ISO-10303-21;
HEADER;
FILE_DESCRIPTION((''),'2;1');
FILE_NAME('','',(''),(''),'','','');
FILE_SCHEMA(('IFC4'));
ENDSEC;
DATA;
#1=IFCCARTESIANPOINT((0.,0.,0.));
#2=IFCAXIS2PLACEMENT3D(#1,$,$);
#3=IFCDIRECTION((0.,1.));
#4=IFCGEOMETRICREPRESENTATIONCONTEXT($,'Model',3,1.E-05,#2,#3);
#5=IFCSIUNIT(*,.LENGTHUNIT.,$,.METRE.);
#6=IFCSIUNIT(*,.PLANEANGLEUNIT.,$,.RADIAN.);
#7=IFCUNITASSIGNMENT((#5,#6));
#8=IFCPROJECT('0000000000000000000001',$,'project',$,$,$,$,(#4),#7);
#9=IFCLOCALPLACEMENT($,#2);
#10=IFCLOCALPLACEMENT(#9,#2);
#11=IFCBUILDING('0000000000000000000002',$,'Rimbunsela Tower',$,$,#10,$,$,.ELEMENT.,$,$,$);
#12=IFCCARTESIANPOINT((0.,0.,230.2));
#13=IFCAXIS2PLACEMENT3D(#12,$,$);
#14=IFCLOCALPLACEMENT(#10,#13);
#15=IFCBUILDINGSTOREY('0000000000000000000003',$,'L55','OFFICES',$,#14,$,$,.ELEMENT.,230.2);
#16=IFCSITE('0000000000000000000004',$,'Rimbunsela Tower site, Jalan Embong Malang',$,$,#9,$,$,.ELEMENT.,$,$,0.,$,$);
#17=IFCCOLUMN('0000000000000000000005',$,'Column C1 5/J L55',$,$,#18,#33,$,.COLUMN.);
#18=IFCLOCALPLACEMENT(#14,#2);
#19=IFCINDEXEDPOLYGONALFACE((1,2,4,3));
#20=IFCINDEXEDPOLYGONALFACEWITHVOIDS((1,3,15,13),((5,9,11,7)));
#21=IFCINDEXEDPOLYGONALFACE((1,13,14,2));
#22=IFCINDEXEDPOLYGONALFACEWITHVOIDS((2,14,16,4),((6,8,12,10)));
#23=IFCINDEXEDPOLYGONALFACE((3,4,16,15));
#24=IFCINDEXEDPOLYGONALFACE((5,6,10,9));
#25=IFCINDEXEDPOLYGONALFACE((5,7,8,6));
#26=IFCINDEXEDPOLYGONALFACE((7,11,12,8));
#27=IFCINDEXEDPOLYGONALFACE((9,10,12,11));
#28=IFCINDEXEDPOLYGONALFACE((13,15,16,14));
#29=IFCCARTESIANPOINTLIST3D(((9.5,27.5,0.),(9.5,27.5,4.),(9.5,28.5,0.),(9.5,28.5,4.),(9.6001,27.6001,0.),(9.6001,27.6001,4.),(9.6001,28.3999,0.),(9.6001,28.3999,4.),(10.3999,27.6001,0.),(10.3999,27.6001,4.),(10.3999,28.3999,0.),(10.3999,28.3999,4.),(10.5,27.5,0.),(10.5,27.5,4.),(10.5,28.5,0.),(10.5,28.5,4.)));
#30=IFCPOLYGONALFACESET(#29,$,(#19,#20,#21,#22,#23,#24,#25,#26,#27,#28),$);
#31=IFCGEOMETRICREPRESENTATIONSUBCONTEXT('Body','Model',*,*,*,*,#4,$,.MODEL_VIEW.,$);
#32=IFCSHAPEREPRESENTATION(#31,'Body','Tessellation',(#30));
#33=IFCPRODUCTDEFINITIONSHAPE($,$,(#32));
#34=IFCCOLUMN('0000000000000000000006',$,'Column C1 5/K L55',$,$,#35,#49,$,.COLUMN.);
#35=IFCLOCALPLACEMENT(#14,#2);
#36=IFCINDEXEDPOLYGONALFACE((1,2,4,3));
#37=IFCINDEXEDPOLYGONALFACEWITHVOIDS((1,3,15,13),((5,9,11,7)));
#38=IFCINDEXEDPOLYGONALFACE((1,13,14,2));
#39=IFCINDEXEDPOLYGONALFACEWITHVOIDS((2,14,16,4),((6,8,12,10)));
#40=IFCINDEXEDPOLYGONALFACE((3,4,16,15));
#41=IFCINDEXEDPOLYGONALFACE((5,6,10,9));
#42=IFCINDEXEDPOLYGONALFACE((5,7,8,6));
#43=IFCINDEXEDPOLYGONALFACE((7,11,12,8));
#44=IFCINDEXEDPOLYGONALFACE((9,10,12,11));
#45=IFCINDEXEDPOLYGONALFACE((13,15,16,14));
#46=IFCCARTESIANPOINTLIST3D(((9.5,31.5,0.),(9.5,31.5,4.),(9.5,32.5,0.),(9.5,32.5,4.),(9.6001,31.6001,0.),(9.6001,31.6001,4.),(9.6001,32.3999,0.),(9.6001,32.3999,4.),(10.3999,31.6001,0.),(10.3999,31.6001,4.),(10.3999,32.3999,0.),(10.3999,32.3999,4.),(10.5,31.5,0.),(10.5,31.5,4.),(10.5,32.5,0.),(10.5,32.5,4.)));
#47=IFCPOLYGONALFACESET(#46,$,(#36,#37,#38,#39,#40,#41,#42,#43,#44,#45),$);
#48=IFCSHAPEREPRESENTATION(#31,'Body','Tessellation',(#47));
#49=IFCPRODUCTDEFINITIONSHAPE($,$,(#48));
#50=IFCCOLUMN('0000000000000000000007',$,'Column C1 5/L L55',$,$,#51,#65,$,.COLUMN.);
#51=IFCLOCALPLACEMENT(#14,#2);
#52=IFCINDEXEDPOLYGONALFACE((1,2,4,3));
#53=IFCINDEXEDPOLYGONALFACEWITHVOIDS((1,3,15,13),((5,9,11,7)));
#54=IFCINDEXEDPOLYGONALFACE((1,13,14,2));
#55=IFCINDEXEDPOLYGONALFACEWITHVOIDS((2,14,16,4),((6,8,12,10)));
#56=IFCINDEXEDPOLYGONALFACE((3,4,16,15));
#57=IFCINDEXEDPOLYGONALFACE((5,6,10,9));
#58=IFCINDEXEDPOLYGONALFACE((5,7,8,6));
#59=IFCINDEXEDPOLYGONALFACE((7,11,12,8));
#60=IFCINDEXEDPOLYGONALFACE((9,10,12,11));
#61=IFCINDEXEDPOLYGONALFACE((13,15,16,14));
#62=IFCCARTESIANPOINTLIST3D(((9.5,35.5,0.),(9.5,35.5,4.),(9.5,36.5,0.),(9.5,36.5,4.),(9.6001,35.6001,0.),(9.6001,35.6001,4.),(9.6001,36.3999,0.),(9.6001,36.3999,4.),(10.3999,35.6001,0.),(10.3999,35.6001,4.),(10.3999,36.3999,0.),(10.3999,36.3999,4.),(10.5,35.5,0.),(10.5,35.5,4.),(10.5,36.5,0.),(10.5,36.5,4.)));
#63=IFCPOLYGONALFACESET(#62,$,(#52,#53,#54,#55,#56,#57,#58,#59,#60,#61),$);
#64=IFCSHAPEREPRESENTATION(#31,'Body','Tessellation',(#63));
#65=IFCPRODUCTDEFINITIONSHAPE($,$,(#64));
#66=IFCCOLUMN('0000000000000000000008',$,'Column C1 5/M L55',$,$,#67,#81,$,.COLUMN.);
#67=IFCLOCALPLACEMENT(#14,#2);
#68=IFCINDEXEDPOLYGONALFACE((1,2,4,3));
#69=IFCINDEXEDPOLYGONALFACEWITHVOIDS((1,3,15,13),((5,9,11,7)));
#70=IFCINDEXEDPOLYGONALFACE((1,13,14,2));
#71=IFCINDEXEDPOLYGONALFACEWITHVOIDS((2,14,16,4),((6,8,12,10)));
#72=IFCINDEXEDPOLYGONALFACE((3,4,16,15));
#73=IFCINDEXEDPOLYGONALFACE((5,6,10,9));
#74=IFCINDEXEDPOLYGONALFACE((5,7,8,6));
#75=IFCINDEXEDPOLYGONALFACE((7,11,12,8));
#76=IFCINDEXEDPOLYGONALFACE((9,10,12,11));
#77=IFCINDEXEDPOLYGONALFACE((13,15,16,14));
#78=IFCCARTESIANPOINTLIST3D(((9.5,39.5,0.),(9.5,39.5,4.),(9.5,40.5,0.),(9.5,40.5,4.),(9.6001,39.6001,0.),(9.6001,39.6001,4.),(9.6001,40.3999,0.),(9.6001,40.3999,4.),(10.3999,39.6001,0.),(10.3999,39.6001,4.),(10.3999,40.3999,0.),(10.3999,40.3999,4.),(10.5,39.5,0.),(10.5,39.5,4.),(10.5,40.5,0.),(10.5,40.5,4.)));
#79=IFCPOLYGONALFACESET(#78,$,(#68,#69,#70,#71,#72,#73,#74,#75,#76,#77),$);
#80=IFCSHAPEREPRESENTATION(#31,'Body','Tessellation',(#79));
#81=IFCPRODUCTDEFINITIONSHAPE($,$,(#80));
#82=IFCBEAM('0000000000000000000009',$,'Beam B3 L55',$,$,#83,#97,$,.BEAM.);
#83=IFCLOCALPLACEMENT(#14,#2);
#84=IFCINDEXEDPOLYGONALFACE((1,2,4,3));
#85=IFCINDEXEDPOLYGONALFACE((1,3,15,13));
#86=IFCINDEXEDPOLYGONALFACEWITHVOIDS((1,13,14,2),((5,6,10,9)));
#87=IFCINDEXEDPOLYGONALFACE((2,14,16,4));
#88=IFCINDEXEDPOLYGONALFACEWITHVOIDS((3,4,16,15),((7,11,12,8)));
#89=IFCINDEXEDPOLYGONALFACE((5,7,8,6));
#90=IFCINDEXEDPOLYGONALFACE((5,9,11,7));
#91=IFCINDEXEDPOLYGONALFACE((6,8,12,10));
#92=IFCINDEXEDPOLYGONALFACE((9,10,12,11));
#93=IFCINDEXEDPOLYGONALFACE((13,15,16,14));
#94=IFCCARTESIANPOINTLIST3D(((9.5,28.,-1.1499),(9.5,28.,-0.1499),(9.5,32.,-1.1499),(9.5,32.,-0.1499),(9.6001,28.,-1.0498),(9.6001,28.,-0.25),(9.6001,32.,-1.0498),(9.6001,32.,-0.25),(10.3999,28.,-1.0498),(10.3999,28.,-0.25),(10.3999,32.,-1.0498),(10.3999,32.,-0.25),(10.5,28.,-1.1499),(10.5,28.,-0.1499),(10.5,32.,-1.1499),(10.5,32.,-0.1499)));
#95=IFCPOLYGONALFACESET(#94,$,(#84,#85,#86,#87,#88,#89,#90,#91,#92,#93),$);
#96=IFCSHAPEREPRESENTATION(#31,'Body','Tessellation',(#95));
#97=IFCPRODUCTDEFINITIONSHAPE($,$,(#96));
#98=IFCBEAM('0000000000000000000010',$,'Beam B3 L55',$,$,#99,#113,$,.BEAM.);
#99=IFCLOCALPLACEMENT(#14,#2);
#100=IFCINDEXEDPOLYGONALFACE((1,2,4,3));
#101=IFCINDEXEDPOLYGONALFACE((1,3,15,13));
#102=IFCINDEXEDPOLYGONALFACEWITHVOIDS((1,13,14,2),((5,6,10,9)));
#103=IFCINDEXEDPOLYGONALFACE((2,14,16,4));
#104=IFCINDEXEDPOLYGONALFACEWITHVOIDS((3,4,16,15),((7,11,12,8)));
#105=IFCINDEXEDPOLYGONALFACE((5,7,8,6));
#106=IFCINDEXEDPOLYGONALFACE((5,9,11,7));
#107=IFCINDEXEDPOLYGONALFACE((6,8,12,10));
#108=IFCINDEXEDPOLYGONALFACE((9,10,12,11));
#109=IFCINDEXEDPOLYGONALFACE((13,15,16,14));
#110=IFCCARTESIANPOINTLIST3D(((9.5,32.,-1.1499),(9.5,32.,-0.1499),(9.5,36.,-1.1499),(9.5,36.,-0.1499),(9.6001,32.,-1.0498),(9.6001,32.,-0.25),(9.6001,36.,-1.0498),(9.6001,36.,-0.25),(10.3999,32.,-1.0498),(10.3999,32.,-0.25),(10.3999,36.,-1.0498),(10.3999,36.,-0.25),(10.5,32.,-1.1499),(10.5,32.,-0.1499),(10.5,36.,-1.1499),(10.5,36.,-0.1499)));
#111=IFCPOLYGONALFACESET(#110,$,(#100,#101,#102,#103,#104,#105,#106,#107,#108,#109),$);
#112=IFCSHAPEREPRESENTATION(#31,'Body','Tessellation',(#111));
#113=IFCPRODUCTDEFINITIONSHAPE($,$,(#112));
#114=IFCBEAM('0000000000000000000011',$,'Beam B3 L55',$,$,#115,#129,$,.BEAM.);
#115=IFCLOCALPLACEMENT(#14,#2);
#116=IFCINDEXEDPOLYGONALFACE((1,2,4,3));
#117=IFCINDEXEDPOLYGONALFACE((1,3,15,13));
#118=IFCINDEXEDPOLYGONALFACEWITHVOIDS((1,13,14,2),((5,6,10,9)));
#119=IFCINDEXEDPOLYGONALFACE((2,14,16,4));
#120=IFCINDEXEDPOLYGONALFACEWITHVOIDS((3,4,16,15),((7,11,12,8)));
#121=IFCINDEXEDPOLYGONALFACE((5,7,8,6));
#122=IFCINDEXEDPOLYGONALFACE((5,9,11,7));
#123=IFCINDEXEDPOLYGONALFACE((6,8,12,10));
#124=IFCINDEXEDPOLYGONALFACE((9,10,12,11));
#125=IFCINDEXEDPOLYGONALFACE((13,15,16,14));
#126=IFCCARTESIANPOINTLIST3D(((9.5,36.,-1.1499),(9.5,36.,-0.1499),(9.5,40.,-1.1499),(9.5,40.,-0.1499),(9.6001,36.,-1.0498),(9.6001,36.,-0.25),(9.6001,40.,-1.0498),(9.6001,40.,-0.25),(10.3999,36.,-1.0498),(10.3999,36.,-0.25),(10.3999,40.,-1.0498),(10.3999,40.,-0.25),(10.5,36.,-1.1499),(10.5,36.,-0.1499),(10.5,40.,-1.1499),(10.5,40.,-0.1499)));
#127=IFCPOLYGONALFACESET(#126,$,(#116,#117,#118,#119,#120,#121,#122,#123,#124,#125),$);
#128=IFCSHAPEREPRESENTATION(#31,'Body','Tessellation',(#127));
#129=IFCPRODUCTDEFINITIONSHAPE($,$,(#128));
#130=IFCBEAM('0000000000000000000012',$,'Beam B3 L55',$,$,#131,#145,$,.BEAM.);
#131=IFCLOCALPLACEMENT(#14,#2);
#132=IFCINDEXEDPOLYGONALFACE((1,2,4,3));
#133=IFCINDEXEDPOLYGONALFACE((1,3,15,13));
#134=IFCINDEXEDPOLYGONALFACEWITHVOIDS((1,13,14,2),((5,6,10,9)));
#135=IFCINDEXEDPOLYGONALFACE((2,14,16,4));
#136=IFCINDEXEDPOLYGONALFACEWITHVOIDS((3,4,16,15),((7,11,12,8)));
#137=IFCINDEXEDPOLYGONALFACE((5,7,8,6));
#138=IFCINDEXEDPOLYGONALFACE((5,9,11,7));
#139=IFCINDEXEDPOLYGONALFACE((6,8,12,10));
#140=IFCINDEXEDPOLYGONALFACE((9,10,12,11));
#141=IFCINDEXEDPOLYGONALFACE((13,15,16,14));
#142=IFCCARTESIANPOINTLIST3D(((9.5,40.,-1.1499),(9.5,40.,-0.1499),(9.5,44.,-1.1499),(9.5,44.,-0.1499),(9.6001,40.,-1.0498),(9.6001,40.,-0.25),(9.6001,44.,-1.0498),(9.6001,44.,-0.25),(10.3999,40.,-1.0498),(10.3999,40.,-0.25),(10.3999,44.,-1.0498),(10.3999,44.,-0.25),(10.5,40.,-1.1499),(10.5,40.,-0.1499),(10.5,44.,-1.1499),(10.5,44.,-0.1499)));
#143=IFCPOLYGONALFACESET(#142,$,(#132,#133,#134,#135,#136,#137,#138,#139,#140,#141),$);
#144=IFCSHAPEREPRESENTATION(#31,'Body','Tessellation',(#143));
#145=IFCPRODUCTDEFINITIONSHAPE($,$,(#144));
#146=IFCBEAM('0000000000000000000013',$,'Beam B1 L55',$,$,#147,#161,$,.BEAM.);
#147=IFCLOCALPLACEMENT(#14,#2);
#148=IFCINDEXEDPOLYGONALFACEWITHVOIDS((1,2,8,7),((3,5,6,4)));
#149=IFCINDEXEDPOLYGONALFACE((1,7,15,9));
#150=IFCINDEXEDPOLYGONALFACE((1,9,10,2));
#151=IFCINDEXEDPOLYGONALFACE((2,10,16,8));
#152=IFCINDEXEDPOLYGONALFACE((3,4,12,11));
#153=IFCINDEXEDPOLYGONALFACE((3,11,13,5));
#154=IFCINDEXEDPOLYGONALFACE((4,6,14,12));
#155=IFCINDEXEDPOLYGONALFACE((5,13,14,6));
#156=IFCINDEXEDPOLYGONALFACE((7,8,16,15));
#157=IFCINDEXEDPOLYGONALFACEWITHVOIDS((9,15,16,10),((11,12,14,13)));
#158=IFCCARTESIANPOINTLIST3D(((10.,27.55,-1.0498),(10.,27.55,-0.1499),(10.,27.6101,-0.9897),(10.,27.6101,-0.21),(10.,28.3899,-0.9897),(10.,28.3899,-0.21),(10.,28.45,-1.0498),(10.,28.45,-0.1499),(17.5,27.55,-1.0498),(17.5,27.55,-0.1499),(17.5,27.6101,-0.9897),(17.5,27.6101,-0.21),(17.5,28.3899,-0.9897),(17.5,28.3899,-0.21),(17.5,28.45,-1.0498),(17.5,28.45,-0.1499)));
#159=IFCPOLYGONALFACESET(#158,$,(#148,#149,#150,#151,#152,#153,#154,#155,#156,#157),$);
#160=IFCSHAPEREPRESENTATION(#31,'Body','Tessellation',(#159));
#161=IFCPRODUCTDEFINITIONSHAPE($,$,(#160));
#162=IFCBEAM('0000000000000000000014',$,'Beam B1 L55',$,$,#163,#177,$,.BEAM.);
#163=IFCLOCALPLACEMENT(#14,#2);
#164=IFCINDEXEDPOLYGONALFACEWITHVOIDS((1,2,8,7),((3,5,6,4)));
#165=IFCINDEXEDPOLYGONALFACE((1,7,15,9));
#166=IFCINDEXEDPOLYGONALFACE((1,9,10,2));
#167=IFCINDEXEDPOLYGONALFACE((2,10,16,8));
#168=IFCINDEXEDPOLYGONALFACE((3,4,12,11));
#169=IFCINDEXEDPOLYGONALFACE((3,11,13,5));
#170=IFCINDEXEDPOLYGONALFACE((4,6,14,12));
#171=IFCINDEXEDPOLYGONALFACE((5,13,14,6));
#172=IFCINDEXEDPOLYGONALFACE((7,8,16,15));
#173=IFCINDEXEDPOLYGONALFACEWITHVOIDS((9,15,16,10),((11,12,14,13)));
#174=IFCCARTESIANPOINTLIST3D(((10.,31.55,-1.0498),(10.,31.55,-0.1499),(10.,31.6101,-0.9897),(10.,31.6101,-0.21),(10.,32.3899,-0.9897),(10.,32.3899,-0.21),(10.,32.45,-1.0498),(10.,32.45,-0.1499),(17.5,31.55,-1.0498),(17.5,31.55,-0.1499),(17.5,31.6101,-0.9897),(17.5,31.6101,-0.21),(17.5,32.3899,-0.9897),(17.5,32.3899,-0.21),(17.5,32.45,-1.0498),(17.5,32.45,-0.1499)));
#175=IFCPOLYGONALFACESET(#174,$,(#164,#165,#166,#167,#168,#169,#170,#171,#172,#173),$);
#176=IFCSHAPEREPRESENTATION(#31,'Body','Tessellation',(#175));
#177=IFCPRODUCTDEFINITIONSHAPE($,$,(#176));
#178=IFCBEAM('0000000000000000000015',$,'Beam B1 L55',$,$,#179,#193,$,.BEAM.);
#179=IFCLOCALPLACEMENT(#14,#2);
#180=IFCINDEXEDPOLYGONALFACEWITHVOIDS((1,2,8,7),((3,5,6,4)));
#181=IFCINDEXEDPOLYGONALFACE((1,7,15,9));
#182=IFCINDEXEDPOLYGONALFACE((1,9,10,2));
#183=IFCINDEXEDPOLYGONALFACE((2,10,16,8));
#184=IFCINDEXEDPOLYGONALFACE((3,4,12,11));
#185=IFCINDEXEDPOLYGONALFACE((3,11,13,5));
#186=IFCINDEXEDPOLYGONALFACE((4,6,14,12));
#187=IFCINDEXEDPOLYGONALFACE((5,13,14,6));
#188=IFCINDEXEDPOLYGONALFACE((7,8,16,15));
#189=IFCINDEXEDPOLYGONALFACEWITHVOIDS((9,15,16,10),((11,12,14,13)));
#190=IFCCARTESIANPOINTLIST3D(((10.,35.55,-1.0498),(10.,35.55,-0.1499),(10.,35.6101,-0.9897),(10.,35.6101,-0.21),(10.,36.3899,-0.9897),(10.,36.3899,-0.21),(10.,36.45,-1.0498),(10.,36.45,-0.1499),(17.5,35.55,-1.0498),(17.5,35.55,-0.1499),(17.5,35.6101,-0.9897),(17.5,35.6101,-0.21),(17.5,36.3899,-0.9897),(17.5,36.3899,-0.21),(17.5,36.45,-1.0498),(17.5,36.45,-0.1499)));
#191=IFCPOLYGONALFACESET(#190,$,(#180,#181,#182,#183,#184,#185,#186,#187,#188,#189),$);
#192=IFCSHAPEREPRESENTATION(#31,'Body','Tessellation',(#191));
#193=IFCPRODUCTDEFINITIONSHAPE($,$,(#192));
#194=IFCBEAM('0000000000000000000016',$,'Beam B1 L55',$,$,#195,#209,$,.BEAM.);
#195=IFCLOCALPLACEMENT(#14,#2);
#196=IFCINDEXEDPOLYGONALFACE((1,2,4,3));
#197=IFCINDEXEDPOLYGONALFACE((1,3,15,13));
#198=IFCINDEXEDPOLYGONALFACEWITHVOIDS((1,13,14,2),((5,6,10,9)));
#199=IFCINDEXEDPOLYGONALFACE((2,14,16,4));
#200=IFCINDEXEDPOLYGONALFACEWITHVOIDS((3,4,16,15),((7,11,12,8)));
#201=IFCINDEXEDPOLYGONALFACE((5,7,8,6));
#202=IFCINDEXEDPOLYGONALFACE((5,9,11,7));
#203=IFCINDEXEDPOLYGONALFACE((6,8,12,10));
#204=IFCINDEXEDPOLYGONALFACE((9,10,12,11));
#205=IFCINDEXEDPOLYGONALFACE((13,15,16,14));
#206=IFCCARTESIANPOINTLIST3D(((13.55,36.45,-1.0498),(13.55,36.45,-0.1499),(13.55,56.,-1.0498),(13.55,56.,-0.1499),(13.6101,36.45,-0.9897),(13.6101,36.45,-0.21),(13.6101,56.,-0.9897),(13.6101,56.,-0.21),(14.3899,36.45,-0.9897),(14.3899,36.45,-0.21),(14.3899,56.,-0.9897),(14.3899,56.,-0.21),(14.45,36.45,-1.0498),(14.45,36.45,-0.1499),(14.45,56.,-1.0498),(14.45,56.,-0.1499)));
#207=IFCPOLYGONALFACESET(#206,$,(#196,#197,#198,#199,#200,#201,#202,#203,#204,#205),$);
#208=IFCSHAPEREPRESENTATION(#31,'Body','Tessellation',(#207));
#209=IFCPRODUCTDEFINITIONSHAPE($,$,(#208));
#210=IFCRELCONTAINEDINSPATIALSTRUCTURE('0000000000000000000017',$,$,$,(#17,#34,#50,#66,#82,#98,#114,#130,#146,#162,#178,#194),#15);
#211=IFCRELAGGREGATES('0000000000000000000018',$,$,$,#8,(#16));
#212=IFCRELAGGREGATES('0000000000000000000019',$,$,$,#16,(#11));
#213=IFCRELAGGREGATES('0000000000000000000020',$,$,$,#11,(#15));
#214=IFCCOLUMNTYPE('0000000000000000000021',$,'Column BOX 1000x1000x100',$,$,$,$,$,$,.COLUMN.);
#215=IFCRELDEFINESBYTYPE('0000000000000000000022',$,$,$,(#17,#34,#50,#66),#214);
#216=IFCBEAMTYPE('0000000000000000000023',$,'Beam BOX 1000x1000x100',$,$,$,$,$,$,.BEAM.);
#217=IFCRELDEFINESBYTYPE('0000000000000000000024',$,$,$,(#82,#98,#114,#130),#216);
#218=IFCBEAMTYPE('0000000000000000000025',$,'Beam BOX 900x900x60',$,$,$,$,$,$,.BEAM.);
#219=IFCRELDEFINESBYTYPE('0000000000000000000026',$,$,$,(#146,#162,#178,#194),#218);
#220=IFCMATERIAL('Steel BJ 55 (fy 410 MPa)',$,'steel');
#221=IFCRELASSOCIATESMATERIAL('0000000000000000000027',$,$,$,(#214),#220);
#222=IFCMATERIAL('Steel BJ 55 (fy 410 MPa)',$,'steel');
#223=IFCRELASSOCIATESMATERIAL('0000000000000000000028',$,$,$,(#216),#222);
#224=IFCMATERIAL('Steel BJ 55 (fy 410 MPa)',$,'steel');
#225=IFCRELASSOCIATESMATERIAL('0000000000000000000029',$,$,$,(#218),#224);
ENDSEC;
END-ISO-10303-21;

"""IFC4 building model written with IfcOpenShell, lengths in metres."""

from ifc_helpers import new_model, si_unit, direction, frame, origin, origin_2d, place, context, subcontext, project, spatial, hollow_rectangle, extrude, material, material_profile, profile_set, type_object, element, save


model = new_model("IFC4")

# Units and contexts
model_context = context("Model", 3, precision=1e-05, world=origin(), true_north=direction((0.0, 1.0)))
body_context = subcontext(model_context, "Body", "Model", "MODEL_VIEW")
ifc_project = project(units=[si_unit("LENGTHUNIT", "METRE"), si_unit("PLANEANGLEUNIT", "RADIAN")], contexts=[model_context])

# Site, building, storey
site_placement = place(None, origin())
site = spatial("IfcSite", under=ifc_project, at=site_placement, Name="Rimbunsela Tower site, Jalan Embong Malang", CompositionType="ELEMENT", RefElevation=0.0)
building_placement = place(site_placement, origin())
building = spatial("IfcBuilding", under=site, at=building_placement, Name="Rimbunsela Tower", CompositionType="ELEMENT")
storey_placement = place(building_placement, frame((0.0, 0.0, 230.2)))
storey = spatial("IfcBuildingStorey", under=building, at=storey_placement, Name="L55", Description="OFFICES", CompositionType="ELEMENT", Elevation=230.2)

# Columns
ifc_material_1 = material(Name="Steel BJ 55 (fy 410 MPa)", Category="steel")
ifc_material_profile_1 = material_profile(ifc_material_1, hollow_rectangle(XDim=1.0, YDim=1.0, WallThickness=0.1001, at=origin_2d()), Name="BOX 1000x1000x100")
ifc_profile_set_1 = profile_set([ifc_material_profile_1], Name="Steel BJ 55 (fy 410 MPa)")
column_type = type_object("IfcColumnType", Name="Column BOX 1000x1000x100", PredefinedType="COLUMN", material=ifc_profile_set_1)
for number, where, z_axis, x_axis, name in (
    (1, (10.0, 28.0, 0.0), (0.0, 0.0, 1.0), (1.0, 0.0, 0.0), "Column C1 5/J L55"),
    (2, (10.0, 32.0, 0.0), (0.0, 0.0, 1.0), (1.0, 0.0, 0.0), "Column C1 5/K L55"),
    (3, (10.0, 36.0, 0.0), (0.0, 0.0, 1.0), (1.0, 0.0, 0.0), "Column C1 5/L L55"),
    (4, (10.0, 40.0, 0.0), (0.0, 0.0, 1.0), (1.0, 0.0, 0.0), "Column C1 5/M L55"),
):
    element("IfcColumn", number, at=place(storey_placement, frame(where, z_axis=z_axis, x_axis=x_axis)), inside=storey, type_object=column_type, Name=name, PredefinedType="COLUMN", context=body_context, shape_type="SweptSolid", body=[
        extrude(hollow_rectangle(XDim=1.0, YDim=1.0, WallThickness=0.1001, at=origin_2d()), origin(), (0.0, 0.0, 1.0), 4.0),
    ])

# Beams
ifc_material_2 = material(Name="Steel BJ 55 (fy 410 MPa)", Category="steel")
ifc_material_profile_2 = material_profile(ifc_material_2, hollow_rectangle(XDim=1.0, YDim=1.0, WallThickness=0.1001, at=origin_2d()), Name="BOX 1000x1000x100")
ifc_profile_set_2 = profile_set([ifc_material_profile_2], Name="Steel BJ 55 (fy 410 MPa)")
beam_type_1 = type_object("IfcBeamType", Name="Beam BOX 1000x1000x100", PredefinedType="BEAM", material=ifc_profile_set_2)
for number, where, z_axis, x_axis, name in (
    (5, (10.0, 28.0, -0.6499), (0.0, 1.0, 0.0), (-1.0, 0.0, 0.0), "Beam B3 L55"),
    (6, (10.0, 32.0, -0.6499), (0.0, 1.0, 0.0), (-1.0, 0.0, 0.0), "Beam B3 L55"),
    (7, (10.0, 36.0, -0.6499), (0.0, 1.0, 0.0), (-1.0, 0.0, 0.0), "Beam B3 L55"),
    (8, (10.0, 40.0, -0.6499), (0.0, 1.0, 0.0), (-1.0, 0.0, 0.0), "Beam B3 L55"),
):
    element("IfcBeam", number, at=place(storey_placement, frame(where, z_axis=z_axis, x_axis=x_axis)), inside=storey, type_object=beam_type_1, Name=name, PredefinedType="BEAM", context=body_context, shape_type="SweptSolid", body=[
        extrude(hollow_rectangle(XDim=1.0, YDim=1.0, WallThickness=0.1001, at=origin_2d()), origin(), (0.0, 0.0, 1.0), 4.0),
    ])
ifc_material_3 = material(Name="Steel BJ 55 (fy 410 MPa)", Category="steel")
ifc_material_profile_3 = material_profile(ifc_material_3, hollow_rectangle(XDim=0.8999, YDim=0.8999, WallThickness=0.0601, at=origin_2d()), Name="BOX 900x900x60")
ifc_profile_set_3 = profile_set([ifc_material_profile_3], Name="Steel BJ 55 (fy 410 MPa)")
beam_type_2 = type_object("IfcBeamType", Name="Beam BOX 900x900x60", PredefinedType="BEAM", material=ifc_profile_set_3)
for number, where, z_axis, x_axis, name in (
    (9, (10.0, 28.0, -0.5999), (1.0, 0.0, 0.0), (0.0, 1.0, 0.0), "Beam B1 L55"),
    (10, (10.0, 32.0, -0.5999), (1.0, 0.0, 0.0), (0.0, 1.0, 0.0), "Beam B1 L55"),
    (11, (10.0, 36.0, -0.5999), (1.0, 0.0, 0.0), (0.0, 1.0, 0.0), "Beam B1 L55"),
):
    element("IfcBeam", number, at=place(storey_placement, frame(where, z_axis=z_axis, x_axis=x_axis)), inside=storey, type_object=beam_type_2, Name=name, PredefinedType="BEAM", context=body_context, shape_type="SweptSolid", body=[
        extrude(hollow_rectangle(XDim=0.8999, YDim=0.8999, WallThickness=0.0601, at=origin_2d()), origin(), (0.0, 0.0, 1.0), 7.5),
    ])
beam_placement = place(storey_placement, frame((14.0, 36.45, -0.5999), z_axis=(0.0, 1.0, 0.0), x_axis=(-1.0, 0.0, 0.0)))
element("IfcBeam", 12, at=beam_placement, inside=storey, type_object=beam_type_2, Name="Beam B1 L55", PredefinedType="BEAM", context=body_context, shape_type="SweptSolid", body=[
    extrude(hollow_rectangle(XDim=0.8999, YDim=0.8999, WallThickness=0.0601, at=origin_2d()), origin(), (0.0, 0.0, 1.0), 19.55),
])

save(model, "model.ifc")
